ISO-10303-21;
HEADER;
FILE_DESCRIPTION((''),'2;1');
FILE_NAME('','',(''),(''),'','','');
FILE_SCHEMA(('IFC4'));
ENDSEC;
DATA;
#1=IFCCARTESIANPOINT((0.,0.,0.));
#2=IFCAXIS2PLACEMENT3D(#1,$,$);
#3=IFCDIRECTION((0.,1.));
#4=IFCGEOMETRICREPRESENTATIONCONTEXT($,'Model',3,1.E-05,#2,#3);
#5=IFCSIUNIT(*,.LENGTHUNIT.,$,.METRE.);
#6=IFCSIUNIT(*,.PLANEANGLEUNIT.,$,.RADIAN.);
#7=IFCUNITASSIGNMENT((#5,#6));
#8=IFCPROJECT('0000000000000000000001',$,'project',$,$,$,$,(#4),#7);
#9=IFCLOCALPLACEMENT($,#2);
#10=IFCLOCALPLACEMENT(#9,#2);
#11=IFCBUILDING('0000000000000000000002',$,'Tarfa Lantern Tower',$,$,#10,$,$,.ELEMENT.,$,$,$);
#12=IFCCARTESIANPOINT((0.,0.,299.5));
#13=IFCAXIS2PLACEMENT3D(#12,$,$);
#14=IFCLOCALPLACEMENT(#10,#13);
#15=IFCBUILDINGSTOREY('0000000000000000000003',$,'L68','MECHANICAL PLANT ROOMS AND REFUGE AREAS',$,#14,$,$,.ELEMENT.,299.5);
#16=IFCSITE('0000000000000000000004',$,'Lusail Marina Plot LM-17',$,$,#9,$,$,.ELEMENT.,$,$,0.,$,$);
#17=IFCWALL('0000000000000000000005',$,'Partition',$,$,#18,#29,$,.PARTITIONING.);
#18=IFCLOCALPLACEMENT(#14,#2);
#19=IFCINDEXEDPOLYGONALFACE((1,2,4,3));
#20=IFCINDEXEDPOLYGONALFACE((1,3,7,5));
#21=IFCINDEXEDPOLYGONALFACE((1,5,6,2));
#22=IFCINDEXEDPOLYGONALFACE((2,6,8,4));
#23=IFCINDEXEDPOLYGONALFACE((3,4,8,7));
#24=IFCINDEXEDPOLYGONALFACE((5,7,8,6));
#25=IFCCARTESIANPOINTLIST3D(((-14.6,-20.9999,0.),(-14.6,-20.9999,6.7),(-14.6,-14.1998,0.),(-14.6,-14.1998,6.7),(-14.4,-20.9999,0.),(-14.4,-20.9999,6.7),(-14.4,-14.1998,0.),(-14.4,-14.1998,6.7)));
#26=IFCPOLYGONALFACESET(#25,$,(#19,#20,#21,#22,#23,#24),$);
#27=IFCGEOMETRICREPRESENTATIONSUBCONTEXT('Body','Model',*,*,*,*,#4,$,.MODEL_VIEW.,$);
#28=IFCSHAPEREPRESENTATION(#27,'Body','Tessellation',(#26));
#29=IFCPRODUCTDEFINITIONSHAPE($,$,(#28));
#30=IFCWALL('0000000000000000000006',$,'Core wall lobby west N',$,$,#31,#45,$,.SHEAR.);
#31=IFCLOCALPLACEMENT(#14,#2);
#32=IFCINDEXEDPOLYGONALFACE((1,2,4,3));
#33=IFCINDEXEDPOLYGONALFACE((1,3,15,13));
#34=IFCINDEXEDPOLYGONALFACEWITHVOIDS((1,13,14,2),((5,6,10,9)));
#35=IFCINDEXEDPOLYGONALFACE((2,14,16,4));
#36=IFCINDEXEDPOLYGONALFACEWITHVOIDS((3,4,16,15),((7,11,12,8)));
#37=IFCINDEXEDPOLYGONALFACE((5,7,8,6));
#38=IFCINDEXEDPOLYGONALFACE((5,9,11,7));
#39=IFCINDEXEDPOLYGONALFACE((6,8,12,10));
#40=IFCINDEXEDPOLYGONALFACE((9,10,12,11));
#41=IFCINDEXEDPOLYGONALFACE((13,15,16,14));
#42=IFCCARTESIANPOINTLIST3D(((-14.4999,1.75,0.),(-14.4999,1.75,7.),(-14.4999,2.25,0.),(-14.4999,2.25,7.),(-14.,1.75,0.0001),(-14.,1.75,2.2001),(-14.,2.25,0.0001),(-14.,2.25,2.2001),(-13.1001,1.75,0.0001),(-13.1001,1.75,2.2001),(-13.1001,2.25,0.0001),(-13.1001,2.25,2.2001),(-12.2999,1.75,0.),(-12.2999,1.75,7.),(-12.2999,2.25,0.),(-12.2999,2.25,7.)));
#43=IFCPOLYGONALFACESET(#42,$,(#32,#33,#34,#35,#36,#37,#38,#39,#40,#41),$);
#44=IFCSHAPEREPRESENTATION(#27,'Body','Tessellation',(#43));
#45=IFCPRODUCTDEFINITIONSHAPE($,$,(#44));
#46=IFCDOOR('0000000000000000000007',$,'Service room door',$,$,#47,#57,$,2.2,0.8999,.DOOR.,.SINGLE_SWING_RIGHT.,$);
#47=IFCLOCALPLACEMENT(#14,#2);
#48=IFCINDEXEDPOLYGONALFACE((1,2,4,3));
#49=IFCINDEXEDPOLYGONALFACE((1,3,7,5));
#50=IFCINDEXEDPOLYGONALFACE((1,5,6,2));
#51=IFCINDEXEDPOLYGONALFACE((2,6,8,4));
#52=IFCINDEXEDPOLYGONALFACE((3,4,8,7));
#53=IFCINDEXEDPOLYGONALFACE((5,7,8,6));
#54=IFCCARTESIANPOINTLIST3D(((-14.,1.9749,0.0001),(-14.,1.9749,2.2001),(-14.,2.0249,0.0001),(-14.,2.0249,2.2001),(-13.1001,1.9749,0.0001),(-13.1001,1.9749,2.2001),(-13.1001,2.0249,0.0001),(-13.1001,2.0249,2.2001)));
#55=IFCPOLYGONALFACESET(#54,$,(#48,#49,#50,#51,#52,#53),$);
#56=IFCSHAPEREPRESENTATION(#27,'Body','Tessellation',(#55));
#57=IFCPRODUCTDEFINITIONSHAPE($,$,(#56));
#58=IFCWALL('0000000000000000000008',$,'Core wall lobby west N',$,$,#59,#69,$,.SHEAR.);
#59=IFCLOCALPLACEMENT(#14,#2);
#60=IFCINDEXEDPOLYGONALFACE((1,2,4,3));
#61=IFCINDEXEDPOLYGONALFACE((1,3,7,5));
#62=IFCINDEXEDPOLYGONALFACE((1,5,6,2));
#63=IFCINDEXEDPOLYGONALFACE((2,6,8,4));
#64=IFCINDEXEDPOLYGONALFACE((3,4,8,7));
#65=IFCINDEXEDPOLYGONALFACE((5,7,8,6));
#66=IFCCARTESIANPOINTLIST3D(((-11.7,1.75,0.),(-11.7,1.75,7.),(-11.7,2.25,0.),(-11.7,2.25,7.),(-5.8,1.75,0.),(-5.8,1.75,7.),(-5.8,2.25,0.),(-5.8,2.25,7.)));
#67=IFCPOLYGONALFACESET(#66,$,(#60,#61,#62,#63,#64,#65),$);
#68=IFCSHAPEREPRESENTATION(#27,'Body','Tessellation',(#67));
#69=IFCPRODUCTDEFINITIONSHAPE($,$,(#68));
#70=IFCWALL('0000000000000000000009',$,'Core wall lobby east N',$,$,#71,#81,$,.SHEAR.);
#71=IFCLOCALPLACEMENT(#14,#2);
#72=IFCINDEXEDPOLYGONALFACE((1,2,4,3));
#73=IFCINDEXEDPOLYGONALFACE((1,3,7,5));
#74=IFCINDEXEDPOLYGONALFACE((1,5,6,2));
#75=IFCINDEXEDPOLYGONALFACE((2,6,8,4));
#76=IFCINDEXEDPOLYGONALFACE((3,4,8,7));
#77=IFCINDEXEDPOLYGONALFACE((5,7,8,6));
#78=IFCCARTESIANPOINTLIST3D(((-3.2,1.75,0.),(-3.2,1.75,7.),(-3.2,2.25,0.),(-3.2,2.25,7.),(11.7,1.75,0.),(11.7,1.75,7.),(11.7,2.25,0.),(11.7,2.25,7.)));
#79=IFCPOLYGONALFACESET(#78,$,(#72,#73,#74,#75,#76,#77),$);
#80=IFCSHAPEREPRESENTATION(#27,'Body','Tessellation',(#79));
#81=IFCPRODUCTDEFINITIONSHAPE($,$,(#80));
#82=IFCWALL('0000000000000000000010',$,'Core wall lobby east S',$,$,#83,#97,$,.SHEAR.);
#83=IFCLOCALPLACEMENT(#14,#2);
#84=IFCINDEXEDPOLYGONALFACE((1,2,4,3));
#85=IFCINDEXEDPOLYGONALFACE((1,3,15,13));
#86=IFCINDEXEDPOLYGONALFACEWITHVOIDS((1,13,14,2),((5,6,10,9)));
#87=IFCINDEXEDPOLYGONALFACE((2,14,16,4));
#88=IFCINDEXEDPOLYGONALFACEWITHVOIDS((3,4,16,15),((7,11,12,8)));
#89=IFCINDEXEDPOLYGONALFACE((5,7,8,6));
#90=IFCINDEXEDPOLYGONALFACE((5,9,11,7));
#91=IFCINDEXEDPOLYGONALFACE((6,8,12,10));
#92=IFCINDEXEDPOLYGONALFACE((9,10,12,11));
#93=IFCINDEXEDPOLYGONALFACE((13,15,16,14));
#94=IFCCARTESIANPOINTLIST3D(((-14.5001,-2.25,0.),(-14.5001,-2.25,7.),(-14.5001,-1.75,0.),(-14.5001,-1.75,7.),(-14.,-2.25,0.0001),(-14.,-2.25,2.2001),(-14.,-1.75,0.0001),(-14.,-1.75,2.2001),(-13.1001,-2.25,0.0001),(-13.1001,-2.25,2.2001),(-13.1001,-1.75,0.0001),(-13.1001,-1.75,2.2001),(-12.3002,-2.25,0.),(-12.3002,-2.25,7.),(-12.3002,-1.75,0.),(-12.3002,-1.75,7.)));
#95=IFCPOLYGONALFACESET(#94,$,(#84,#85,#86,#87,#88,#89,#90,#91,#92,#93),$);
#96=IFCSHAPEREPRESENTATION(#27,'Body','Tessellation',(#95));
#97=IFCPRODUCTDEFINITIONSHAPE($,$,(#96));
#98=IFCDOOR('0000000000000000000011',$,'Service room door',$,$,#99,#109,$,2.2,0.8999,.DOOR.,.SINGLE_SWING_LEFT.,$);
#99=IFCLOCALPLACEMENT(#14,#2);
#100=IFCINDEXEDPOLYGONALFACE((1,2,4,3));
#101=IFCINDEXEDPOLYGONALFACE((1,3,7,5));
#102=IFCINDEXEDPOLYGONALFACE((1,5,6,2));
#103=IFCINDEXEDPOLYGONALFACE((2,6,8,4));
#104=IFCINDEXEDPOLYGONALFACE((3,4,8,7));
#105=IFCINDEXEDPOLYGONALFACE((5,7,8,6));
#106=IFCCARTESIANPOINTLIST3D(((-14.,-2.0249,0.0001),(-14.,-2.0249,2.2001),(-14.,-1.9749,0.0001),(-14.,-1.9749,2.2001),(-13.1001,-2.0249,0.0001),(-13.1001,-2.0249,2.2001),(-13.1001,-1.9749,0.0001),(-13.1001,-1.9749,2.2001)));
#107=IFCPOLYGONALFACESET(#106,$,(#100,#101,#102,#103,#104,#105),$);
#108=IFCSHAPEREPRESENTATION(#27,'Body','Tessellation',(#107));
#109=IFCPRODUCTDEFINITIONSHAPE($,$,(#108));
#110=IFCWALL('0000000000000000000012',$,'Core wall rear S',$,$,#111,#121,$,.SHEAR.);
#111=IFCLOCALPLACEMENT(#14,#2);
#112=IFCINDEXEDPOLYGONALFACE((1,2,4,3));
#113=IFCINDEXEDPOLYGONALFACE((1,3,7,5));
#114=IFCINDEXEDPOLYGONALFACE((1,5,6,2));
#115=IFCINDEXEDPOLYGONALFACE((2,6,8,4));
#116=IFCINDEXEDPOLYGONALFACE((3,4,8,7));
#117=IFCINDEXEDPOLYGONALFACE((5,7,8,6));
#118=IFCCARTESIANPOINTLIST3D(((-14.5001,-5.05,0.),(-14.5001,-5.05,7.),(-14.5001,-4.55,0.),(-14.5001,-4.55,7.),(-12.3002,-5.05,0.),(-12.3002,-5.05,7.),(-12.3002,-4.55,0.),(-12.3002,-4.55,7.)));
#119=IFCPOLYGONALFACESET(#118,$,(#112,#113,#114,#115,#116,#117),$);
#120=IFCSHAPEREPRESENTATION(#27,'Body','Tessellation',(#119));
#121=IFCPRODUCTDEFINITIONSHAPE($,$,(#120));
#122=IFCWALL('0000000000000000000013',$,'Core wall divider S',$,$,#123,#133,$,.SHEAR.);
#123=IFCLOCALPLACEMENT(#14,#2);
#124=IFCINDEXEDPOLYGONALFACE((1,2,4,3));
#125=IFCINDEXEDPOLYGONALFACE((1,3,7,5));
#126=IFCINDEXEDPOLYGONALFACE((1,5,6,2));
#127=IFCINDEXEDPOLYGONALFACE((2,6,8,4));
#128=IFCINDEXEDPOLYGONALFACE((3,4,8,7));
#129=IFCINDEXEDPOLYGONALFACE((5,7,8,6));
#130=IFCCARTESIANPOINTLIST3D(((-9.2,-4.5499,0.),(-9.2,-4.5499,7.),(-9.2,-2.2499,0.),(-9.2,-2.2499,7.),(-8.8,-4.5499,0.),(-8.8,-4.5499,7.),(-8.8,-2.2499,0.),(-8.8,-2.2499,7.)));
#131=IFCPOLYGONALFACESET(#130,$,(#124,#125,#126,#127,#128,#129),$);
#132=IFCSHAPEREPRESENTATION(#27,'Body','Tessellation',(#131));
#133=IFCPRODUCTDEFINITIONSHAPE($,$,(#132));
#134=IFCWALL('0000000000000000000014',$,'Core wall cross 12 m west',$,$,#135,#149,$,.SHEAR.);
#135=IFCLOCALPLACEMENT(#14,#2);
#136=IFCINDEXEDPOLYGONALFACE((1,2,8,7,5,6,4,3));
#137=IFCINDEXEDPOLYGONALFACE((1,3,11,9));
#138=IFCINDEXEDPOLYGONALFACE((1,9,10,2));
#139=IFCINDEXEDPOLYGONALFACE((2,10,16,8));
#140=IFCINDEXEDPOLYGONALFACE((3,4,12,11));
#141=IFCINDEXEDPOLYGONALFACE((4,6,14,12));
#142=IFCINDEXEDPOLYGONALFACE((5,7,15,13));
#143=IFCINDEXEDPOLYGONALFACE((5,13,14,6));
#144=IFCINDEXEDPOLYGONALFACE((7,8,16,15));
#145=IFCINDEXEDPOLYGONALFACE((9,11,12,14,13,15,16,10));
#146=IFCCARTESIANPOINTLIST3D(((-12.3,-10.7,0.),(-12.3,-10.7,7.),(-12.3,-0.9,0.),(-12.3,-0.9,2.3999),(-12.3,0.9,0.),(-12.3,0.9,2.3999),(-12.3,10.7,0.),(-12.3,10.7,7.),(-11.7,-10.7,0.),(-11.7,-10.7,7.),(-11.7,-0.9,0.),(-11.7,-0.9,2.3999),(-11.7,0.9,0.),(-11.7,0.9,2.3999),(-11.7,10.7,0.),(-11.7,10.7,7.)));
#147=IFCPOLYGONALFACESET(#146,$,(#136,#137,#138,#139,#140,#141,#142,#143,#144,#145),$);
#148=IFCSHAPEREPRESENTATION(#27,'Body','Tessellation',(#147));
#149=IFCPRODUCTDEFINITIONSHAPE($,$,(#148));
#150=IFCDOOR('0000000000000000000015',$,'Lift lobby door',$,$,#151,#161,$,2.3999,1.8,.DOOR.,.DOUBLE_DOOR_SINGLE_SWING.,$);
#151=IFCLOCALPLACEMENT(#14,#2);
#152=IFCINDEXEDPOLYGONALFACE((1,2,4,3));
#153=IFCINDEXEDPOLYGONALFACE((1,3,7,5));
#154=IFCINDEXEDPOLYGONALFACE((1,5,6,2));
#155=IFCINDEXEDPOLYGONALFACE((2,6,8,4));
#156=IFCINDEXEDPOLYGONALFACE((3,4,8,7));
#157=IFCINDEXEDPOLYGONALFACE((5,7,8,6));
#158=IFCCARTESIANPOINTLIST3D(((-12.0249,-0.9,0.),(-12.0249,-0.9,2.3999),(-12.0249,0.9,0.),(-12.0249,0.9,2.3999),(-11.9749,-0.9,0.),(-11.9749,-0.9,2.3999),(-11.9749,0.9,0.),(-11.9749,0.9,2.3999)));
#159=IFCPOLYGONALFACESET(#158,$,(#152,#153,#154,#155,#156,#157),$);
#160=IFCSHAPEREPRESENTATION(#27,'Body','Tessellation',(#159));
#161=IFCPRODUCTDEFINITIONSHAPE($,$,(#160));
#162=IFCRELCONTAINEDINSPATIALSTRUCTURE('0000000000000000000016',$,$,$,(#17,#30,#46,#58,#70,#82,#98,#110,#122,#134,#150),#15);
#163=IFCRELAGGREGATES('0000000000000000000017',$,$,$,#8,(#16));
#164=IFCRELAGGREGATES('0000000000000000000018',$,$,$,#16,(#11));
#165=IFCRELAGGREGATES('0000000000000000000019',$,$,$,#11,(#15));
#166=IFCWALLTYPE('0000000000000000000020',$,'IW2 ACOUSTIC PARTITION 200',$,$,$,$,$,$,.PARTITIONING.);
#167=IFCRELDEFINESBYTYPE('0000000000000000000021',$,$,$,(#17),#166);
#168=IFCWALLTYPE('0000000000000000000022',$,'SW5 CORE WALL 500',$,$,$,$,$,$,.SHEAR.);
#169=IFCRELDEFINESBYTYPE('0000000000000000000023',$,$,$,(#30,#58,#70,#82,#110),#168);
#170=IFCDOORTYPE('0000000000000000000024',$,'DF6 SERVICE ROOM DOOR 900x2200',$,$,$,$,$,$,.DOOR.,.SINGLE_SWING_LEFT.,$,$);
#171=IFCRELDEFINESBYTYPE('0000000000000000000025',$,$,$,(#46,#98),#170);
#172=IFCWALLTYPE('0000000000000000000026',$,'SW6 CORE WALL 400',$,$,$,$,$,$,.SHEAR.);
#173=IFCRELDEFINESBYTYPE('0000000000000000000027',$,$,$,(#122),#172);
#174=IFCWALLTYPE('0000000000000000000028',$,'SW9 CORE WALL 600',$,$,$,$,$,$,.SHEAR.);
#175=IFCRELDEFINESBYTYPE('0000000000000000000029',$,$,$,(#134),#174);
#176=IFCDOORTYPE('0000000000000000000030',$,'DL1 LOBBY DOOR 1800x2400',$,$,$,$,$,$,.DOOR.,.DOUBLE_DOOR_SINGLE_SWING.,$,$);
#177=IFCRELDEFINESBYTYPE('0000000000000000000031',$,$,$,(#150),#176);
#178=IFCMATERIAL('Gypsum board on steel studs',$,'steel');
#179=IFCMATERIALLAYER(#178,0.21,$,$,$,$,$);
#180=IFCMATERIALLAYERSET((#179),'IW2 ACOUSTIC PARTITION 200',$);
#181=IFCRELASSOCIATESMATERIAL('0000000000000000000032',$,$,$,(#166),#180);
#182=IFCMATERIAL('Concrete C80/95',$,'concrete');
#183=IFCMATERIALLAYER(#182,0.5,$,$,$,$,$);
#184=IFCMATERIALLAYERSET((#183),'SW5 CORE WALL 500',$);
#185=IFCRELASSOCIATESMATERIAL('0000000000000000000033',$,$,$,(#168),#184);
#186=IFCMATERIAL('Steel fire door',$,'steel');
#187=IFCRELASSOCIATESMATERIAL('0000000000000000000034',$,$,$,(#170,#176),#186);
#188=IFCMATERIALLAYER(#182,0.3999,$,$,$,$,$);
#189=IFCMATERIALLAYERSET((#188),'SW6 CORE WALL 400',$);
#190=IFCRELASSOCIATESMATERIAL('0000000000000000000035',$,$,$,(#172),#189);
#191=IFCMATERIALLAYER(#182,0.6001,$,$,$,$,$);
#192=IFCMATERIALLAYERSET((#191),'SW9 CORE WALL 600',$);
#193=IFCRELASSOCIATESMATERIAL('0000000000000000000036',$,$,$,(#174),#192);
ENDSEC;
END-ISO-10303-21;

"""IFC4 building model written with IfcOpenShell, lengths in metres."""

from ifc_helpers import new_model, si_unit, direction, frame, frame_2d, origin, place, context, subcontext, project, spatial, rectangle, extrude, material, layer, layer_set, type_object, element, fill, save


model = new_model("IFC4")

# Units and contexts
model_context = context("Model", 3, precision=1e-05, world=origin(), true_north=direction((0.0, 1.0)))
body_context = subcontext(model_context, "Body", "Model", "MODEL_VIEW")
ifc_project = project(units=[si_unit("LENGTHUNIT", "METRE"), si_unit("PLANEANGLEUNIT", "RADIAN")], contexts=[model_context])

# Site, building, storey
site_placement = place(None, origin())
site = spatial("IfcSite", under=ifc_project, at=site_placement, Name="Lusail Marina Plot LM-17", CompositionType="ELEMENT", RefElevation=0.0)
building_placement = place(site_placement, origin())
building = spatial("IfcBuilding", under=site, at=building_placement, Name="Tarfa Lantern Tower", CompositionType="ELEMENT")
storey_placement = place(building_placement, frame((0.0, 0.0, 299.5)))
storey = spatial("IfcBuildingStorey", under=building, at=storey_placement, Name="L68", Description="MECHANICAL PLANT ROOMS AND REFUGE AREAS", CompositionType="ELEMENT", Elevation=299.5)

# Shared definitions
ifc_material_1 = material(Name="Concrete C80/95", Category="concrete")

# Shared definitions
ifc_material_2 = material(Name="Steel fire door", Category="steel")

# Wall
ifc_material_3 = material(Name="Gypsum board on steel studs", Category="steel")
ifc_layer_1 = layer(ifc_material_3, 0.21)
ifc_layer_set_1 = layer_set([ifc_layer_1], Name="IW2 ACOUSTIC PARTITION 200")
wall_type_1 = type_object("IfcWallType", Name="IW2 ACOUSTIC PARTITION 200", PredefinedType="PARTITIONING", material=ifc_layer_set_1)
wall_1_placement = place(storey_placement, frame((-14.5, -14.2, 0.0), z_axis=(0.0, 0.0, 1.0), x_axis=(0.0, -1.0, 0.0)))
element("IfcWall", 1, at=wall_1_placement, inside=storey, type_object=wall_type_1, Name="Partition", PredefinedType="PARTITIONING", context=body_context, shape_type="SweptSolid", body=[
    extrude(rectangle(XDim=6.8, YDim=0.2, at=frame_2d((3.3999, 0.0))), origin(), (0.0, 0.0, 1.0), 6.7),
])

# Wall, opening, door
ifc_layer_2 = layer(ifc_material_1, 0.5)
ifc_layer_set_2 = layer_set([ifc_layer_2], Name="SW5 CORE WALL 500")
wall_type_2 = type_object("IfcWallType", Name="SW5 CORE WALL 500", PredefinedType="SHEAR", material=ifc_layer_set_2)
wall_2_placement = place(storey_placement, frame((-14.5, 2.0, 0.0), z_axis=(0.0, 0.0, 1.0), x_axis=(1.0, 0.0, 0.0)))
wall_2 = element("IfcWall", 2, at=wall_2_placement, inside=storey, type_object=wall_type_2, Name="Core wall lobby west N", PredefinedType="SHEAR", context=body_context, shape_type="SweptSolid", body=[
    extrude(rectangle(XDim=2.2, YDim=0.5, at=frame_2d((1.1001, 0.0))), origin(), (0.0, 0.0, 1.0), 7.0),
])
opening_1_placement = place(wall_2_placement, frame((0.5, 0.0, 0.0)))
opening_1 = element("IfcOpeningElement", 3, at=opening_1_placement, cuts=wall_2, PredefinedType="OPENING", context=body_context, shape_type="SweptSolid", body=[
    extrude(rectangle(XDim=0.8999, YDim=2.2, at=frame_2d((0.45, 1.1001))), frame((0.0, 0.26, 0.0), z_axis=(0.0, -1.0, 0.0), x_axis=(1.0, 0.0, 0.0)), (0.0, 0.0, 1.0), 0.52),
])
door_type_1 = type_object("IfcDoorType", Name="DF6 SERVICE ROOM DOOR 900x2200", OperationType="SINGLE_SWING_LEFT", PredefinedType="DOOR", material=ifc_material_2)
door_1_placement = place(opening_1_placement, origin())
door_1 = element("IfcDoor", 4, at=door_1_placement, inside=storey, type_object=door_type_1, Name="Service room door", OperationType="SINGLE_SWING_RIGHT", OverallHeight=2.2, OverallWidth=0.8999, PredefinedType="DOOR", context=body_context, shape_type="SweptSolid", body=[
    extrude(rectangle(XDim=0.8999, YDim=2.2, at=frame_2d((0.45, 1.1001))), frame((0.0, 0.0249, 0.0), z_axis=(0.0, -1.0, 0.0), x_axis=(1.0, 0.0, 0.0)), (0.0, 0.0, 1.0), 0.05),
])
fill(opening_1, door_1)

# Walls
wall_3_placement = place(storey_placement, frame((-11.7, 2.0, 0.0), z_axis=(0.0, 0.0, 1.0), x_axis=(1.0, 0.0, 0.0)))
element("IfcWall", 5, at=wall_3_placement, inside=storey, type_object=wall_type_2, Name="Core wall lobby west N", PredefinedType="SHEAR", context=body_context, shape_type="SweptSolid", body=[
    extrude(rectangle(XDim=5.8999, YDim=0.5, at=frame_2d((2.95, 0.0))), origin(), (0.0, 0.0, 1.0), 7.0),
])
wall_4_placement = place(storey_placement, frame((-3.2, 2.0, 0.0), z_axis=(0.0, 0.0, 1.0), x_axis=(1.0, 0.0, 0.0)))
element("IfcWall", 6, at=wall_4_placement, inside=storey, type_object=wall_type_2, Name="Core wall lobby east N", PredefinedType="SHEAR", context=body_context, shape_type="SweptSolid", body=[
    extrude(rectangle(XDim=14.8999, YDim=0.5, at=frame_2d((7.45, 0.0))), origin(), (0.0, 0.0, 1.0), 7.0),
])

# Wall, opening, door
wall_5_placement = place(storey_placement, frame((-12.3, -2.0, 0.0), z_axis=(0.0, 0.0, 1.0), x_axis=(-1.0, 0.0, 0.0)))
wall_5 = element("IfcWall", 7, at=wall_5_placement, inside=storey, type_object=wall_type_2, Name="Core wall lobby east S", PredefinedType="SHEAR", context=body_context, shape_type="SweptSolid", body=[
    extrude(rectangle(XDim=2.2, YDim=0.5, at=frame_2d((1.1001, 0.0))), origin(), (0.0, 0.0, 1.0), 7.0),
])
opening_2_placement = place(wall_5_placement, frame((0.8, 0.0, 0.0)))
opening_2 = element("IfcOpeningElement", 8, at=opening_2_placement, cuts=wall_5, PredefinedType="OPENING", context=body_context, shape_type="SweptSolid", body=[
    extrude(rectangle(XDim=0.8999, YDim=2.2, at=frame_2d((0.45, 1.1001))), frame((0.0, 0.26, 0.0), z_axis=(0.0, -1.0, 0.0), x_axis=(1.0, 0.0, 0.0)), (0.0, 0.0, 1.0), 0.52),
])
door_2_placement = place(opening_2_placement, origin())
door_2 = element("IfcDoor", 9, at=door_2_placement, inside=storey, type_object=door_type_1, Name="Service room door", OperationType="SINGLE_SWING_LEFT", OverallHeight=2.2, OverallWidth=0.8999, PredefinedType="DOOR", context=body_context, shape_type="SweptSolid", body=[
    extrude(rectangle(XDim=0.8999, YDim=2.2, at=frame_2d((0.45, 1.1001))), frame((0.0, 0.0249, 0.0), z_axis=(0.0, -1.0, 0.0), x_axis=(1.0, 0.0, 0.0)), (0.0, 0.0, 1.0), 0.05),
])
fill(opening_2, door_2)

# Walls
wall_6_placement = place(storey_placement, frame((-12.3, -4.8, 0.0), z_axis=(0.0, 0.0, 1.0), x_axis=(-1.0, 0.0, 0.0)))
element("IfcWall", 10, at=wall_6_placement, inside=storey, type_object=wall_type_2, Name="Core wall rear S", PredefinedType="SHEAR", context=body_context, shape_type="SweptSolid", body=[
    extrude(rectangle(XDim=2.2, YDim=0.5, at=frame_2d((1.1001, 0.0))), origin(), (0.0, 0.0, 1.0), 7.0),
])
ifc_layer_3 = layer(ifc_material_1, 0.3999)
ifc_layer_set_3 = layer_set([ifc_layer_3], Name="SW6 CORE WALL 400")
wall_type_3 = type_object("IfcWallType", Name="SW6 CORE WALL 400", PredefinedType="SHEAR", material=ifc_layer_set_3)
wall_7_placement = place(storey_placement, frame((-9.0, -2.25, 0.0), z_axis=(0.0, 0.0, 1.0), x_axis=(0.0, -1.0, 0.0)))
element("IfcWall", 11, at=wall_7_placement, inside=storey, type_object=wall_type_3, Name="Core wall divider S", PredefinedType="SHEAR", context=body_context, shape_type="SweptSolid", body=[
    extrude(rectangle(XDim=2.3, YDim=0.3999, at=frame_2d((1.1499, 0.0))), origin(), (0.0, 0.0, 1.0), 7.0),
])

# Wall, opening, door
ifc_layer_4 = layer(ifc_material_1, 0.6001)
ifc_layer_set_4 = layer_set([ifc_layer_4], Name="SW9 CORE WALL 600")
wall_type_4 = type_object("IfcWallType", Name="SW9 CORE WALL 600", PredefinedType="SHEAR", material=ifc_layer_set_4)
wall_8_placement = place(storey_placement, frame((-12.0, -10.7, 0.0), z_axis=(0.0, 0.0, 1.0), x_axis=(0.0, 1.0, 0.0)))
wall_8 = element("IfcWall", 12, at=wall_8_placement, inside=storey, type_object=wall_type_4, Name="Core wall cross 12 m west", PredefinedType="SHEAR", context=body_context, shape_type="SweptSolid", body=[
    extrude(rectangle(XDim=21.3999, YDim=0.6001, at=frame_2d((10.7, 0.0))), origin(), (0.0, 0.0, 1.0), 7.0),
])
opening_3_placement = place(wall_8_placement, frame((9.8, 0.0, 0.0)))
opening_3 = element("IfcOpeningElement", 13, at=opening_3_placement, cuts=wall_8, PredefinedType="OPENING", context=body_context, shape_type="SweptSolid", body=[
    extrude(rectangle(XDim=1.8, YDim=2.3999, at=frame_2d((0.8999, 1.2))), frame((0.0, 0.3101, 0.0), z_axis=(0.0, -1.0, 0.0), x_axis=(1.0, 0.0, 0.0)), (0.0, 0.0, 1.0), 0.6201),
])
door_type_2 = type_object("IfcDoorType", Name="DL1 LOBBY DOOR 1800x2400", OperationType="DOUBLE_DOOR_SINGLE_SWING", PredefinedType="DOOR", material=ifc_material_2)
door_3_placement = place(opening_3_placement, origin())
door_3 = element("IfcDoor", 14, at=door_3_placement, inside=storey, type_object=door_type_2, Name="Lift lobby door", OperationType="DOUBLE_DOOR_SINGLE_SWING", OverallHeight=2.3999, OverallWidth=1.8, PredefinedType="DOOR", context=body_context, shape_type="SweptSolid", body=[
    extrude(rectangle(XDim=1.8, YDim=2.3999, at=frame_2d((0.8999, 1.2))), frame((0.0, 0.0249, 0.0), z_axis=(0.0, -1.0, 0.0), x_axis=(1.0, 0.0, 0.0)), (0.0, 0.0, 1.0), 0.05),
])
fill(opening_3, door_3)

save(model, "model.ifc")
